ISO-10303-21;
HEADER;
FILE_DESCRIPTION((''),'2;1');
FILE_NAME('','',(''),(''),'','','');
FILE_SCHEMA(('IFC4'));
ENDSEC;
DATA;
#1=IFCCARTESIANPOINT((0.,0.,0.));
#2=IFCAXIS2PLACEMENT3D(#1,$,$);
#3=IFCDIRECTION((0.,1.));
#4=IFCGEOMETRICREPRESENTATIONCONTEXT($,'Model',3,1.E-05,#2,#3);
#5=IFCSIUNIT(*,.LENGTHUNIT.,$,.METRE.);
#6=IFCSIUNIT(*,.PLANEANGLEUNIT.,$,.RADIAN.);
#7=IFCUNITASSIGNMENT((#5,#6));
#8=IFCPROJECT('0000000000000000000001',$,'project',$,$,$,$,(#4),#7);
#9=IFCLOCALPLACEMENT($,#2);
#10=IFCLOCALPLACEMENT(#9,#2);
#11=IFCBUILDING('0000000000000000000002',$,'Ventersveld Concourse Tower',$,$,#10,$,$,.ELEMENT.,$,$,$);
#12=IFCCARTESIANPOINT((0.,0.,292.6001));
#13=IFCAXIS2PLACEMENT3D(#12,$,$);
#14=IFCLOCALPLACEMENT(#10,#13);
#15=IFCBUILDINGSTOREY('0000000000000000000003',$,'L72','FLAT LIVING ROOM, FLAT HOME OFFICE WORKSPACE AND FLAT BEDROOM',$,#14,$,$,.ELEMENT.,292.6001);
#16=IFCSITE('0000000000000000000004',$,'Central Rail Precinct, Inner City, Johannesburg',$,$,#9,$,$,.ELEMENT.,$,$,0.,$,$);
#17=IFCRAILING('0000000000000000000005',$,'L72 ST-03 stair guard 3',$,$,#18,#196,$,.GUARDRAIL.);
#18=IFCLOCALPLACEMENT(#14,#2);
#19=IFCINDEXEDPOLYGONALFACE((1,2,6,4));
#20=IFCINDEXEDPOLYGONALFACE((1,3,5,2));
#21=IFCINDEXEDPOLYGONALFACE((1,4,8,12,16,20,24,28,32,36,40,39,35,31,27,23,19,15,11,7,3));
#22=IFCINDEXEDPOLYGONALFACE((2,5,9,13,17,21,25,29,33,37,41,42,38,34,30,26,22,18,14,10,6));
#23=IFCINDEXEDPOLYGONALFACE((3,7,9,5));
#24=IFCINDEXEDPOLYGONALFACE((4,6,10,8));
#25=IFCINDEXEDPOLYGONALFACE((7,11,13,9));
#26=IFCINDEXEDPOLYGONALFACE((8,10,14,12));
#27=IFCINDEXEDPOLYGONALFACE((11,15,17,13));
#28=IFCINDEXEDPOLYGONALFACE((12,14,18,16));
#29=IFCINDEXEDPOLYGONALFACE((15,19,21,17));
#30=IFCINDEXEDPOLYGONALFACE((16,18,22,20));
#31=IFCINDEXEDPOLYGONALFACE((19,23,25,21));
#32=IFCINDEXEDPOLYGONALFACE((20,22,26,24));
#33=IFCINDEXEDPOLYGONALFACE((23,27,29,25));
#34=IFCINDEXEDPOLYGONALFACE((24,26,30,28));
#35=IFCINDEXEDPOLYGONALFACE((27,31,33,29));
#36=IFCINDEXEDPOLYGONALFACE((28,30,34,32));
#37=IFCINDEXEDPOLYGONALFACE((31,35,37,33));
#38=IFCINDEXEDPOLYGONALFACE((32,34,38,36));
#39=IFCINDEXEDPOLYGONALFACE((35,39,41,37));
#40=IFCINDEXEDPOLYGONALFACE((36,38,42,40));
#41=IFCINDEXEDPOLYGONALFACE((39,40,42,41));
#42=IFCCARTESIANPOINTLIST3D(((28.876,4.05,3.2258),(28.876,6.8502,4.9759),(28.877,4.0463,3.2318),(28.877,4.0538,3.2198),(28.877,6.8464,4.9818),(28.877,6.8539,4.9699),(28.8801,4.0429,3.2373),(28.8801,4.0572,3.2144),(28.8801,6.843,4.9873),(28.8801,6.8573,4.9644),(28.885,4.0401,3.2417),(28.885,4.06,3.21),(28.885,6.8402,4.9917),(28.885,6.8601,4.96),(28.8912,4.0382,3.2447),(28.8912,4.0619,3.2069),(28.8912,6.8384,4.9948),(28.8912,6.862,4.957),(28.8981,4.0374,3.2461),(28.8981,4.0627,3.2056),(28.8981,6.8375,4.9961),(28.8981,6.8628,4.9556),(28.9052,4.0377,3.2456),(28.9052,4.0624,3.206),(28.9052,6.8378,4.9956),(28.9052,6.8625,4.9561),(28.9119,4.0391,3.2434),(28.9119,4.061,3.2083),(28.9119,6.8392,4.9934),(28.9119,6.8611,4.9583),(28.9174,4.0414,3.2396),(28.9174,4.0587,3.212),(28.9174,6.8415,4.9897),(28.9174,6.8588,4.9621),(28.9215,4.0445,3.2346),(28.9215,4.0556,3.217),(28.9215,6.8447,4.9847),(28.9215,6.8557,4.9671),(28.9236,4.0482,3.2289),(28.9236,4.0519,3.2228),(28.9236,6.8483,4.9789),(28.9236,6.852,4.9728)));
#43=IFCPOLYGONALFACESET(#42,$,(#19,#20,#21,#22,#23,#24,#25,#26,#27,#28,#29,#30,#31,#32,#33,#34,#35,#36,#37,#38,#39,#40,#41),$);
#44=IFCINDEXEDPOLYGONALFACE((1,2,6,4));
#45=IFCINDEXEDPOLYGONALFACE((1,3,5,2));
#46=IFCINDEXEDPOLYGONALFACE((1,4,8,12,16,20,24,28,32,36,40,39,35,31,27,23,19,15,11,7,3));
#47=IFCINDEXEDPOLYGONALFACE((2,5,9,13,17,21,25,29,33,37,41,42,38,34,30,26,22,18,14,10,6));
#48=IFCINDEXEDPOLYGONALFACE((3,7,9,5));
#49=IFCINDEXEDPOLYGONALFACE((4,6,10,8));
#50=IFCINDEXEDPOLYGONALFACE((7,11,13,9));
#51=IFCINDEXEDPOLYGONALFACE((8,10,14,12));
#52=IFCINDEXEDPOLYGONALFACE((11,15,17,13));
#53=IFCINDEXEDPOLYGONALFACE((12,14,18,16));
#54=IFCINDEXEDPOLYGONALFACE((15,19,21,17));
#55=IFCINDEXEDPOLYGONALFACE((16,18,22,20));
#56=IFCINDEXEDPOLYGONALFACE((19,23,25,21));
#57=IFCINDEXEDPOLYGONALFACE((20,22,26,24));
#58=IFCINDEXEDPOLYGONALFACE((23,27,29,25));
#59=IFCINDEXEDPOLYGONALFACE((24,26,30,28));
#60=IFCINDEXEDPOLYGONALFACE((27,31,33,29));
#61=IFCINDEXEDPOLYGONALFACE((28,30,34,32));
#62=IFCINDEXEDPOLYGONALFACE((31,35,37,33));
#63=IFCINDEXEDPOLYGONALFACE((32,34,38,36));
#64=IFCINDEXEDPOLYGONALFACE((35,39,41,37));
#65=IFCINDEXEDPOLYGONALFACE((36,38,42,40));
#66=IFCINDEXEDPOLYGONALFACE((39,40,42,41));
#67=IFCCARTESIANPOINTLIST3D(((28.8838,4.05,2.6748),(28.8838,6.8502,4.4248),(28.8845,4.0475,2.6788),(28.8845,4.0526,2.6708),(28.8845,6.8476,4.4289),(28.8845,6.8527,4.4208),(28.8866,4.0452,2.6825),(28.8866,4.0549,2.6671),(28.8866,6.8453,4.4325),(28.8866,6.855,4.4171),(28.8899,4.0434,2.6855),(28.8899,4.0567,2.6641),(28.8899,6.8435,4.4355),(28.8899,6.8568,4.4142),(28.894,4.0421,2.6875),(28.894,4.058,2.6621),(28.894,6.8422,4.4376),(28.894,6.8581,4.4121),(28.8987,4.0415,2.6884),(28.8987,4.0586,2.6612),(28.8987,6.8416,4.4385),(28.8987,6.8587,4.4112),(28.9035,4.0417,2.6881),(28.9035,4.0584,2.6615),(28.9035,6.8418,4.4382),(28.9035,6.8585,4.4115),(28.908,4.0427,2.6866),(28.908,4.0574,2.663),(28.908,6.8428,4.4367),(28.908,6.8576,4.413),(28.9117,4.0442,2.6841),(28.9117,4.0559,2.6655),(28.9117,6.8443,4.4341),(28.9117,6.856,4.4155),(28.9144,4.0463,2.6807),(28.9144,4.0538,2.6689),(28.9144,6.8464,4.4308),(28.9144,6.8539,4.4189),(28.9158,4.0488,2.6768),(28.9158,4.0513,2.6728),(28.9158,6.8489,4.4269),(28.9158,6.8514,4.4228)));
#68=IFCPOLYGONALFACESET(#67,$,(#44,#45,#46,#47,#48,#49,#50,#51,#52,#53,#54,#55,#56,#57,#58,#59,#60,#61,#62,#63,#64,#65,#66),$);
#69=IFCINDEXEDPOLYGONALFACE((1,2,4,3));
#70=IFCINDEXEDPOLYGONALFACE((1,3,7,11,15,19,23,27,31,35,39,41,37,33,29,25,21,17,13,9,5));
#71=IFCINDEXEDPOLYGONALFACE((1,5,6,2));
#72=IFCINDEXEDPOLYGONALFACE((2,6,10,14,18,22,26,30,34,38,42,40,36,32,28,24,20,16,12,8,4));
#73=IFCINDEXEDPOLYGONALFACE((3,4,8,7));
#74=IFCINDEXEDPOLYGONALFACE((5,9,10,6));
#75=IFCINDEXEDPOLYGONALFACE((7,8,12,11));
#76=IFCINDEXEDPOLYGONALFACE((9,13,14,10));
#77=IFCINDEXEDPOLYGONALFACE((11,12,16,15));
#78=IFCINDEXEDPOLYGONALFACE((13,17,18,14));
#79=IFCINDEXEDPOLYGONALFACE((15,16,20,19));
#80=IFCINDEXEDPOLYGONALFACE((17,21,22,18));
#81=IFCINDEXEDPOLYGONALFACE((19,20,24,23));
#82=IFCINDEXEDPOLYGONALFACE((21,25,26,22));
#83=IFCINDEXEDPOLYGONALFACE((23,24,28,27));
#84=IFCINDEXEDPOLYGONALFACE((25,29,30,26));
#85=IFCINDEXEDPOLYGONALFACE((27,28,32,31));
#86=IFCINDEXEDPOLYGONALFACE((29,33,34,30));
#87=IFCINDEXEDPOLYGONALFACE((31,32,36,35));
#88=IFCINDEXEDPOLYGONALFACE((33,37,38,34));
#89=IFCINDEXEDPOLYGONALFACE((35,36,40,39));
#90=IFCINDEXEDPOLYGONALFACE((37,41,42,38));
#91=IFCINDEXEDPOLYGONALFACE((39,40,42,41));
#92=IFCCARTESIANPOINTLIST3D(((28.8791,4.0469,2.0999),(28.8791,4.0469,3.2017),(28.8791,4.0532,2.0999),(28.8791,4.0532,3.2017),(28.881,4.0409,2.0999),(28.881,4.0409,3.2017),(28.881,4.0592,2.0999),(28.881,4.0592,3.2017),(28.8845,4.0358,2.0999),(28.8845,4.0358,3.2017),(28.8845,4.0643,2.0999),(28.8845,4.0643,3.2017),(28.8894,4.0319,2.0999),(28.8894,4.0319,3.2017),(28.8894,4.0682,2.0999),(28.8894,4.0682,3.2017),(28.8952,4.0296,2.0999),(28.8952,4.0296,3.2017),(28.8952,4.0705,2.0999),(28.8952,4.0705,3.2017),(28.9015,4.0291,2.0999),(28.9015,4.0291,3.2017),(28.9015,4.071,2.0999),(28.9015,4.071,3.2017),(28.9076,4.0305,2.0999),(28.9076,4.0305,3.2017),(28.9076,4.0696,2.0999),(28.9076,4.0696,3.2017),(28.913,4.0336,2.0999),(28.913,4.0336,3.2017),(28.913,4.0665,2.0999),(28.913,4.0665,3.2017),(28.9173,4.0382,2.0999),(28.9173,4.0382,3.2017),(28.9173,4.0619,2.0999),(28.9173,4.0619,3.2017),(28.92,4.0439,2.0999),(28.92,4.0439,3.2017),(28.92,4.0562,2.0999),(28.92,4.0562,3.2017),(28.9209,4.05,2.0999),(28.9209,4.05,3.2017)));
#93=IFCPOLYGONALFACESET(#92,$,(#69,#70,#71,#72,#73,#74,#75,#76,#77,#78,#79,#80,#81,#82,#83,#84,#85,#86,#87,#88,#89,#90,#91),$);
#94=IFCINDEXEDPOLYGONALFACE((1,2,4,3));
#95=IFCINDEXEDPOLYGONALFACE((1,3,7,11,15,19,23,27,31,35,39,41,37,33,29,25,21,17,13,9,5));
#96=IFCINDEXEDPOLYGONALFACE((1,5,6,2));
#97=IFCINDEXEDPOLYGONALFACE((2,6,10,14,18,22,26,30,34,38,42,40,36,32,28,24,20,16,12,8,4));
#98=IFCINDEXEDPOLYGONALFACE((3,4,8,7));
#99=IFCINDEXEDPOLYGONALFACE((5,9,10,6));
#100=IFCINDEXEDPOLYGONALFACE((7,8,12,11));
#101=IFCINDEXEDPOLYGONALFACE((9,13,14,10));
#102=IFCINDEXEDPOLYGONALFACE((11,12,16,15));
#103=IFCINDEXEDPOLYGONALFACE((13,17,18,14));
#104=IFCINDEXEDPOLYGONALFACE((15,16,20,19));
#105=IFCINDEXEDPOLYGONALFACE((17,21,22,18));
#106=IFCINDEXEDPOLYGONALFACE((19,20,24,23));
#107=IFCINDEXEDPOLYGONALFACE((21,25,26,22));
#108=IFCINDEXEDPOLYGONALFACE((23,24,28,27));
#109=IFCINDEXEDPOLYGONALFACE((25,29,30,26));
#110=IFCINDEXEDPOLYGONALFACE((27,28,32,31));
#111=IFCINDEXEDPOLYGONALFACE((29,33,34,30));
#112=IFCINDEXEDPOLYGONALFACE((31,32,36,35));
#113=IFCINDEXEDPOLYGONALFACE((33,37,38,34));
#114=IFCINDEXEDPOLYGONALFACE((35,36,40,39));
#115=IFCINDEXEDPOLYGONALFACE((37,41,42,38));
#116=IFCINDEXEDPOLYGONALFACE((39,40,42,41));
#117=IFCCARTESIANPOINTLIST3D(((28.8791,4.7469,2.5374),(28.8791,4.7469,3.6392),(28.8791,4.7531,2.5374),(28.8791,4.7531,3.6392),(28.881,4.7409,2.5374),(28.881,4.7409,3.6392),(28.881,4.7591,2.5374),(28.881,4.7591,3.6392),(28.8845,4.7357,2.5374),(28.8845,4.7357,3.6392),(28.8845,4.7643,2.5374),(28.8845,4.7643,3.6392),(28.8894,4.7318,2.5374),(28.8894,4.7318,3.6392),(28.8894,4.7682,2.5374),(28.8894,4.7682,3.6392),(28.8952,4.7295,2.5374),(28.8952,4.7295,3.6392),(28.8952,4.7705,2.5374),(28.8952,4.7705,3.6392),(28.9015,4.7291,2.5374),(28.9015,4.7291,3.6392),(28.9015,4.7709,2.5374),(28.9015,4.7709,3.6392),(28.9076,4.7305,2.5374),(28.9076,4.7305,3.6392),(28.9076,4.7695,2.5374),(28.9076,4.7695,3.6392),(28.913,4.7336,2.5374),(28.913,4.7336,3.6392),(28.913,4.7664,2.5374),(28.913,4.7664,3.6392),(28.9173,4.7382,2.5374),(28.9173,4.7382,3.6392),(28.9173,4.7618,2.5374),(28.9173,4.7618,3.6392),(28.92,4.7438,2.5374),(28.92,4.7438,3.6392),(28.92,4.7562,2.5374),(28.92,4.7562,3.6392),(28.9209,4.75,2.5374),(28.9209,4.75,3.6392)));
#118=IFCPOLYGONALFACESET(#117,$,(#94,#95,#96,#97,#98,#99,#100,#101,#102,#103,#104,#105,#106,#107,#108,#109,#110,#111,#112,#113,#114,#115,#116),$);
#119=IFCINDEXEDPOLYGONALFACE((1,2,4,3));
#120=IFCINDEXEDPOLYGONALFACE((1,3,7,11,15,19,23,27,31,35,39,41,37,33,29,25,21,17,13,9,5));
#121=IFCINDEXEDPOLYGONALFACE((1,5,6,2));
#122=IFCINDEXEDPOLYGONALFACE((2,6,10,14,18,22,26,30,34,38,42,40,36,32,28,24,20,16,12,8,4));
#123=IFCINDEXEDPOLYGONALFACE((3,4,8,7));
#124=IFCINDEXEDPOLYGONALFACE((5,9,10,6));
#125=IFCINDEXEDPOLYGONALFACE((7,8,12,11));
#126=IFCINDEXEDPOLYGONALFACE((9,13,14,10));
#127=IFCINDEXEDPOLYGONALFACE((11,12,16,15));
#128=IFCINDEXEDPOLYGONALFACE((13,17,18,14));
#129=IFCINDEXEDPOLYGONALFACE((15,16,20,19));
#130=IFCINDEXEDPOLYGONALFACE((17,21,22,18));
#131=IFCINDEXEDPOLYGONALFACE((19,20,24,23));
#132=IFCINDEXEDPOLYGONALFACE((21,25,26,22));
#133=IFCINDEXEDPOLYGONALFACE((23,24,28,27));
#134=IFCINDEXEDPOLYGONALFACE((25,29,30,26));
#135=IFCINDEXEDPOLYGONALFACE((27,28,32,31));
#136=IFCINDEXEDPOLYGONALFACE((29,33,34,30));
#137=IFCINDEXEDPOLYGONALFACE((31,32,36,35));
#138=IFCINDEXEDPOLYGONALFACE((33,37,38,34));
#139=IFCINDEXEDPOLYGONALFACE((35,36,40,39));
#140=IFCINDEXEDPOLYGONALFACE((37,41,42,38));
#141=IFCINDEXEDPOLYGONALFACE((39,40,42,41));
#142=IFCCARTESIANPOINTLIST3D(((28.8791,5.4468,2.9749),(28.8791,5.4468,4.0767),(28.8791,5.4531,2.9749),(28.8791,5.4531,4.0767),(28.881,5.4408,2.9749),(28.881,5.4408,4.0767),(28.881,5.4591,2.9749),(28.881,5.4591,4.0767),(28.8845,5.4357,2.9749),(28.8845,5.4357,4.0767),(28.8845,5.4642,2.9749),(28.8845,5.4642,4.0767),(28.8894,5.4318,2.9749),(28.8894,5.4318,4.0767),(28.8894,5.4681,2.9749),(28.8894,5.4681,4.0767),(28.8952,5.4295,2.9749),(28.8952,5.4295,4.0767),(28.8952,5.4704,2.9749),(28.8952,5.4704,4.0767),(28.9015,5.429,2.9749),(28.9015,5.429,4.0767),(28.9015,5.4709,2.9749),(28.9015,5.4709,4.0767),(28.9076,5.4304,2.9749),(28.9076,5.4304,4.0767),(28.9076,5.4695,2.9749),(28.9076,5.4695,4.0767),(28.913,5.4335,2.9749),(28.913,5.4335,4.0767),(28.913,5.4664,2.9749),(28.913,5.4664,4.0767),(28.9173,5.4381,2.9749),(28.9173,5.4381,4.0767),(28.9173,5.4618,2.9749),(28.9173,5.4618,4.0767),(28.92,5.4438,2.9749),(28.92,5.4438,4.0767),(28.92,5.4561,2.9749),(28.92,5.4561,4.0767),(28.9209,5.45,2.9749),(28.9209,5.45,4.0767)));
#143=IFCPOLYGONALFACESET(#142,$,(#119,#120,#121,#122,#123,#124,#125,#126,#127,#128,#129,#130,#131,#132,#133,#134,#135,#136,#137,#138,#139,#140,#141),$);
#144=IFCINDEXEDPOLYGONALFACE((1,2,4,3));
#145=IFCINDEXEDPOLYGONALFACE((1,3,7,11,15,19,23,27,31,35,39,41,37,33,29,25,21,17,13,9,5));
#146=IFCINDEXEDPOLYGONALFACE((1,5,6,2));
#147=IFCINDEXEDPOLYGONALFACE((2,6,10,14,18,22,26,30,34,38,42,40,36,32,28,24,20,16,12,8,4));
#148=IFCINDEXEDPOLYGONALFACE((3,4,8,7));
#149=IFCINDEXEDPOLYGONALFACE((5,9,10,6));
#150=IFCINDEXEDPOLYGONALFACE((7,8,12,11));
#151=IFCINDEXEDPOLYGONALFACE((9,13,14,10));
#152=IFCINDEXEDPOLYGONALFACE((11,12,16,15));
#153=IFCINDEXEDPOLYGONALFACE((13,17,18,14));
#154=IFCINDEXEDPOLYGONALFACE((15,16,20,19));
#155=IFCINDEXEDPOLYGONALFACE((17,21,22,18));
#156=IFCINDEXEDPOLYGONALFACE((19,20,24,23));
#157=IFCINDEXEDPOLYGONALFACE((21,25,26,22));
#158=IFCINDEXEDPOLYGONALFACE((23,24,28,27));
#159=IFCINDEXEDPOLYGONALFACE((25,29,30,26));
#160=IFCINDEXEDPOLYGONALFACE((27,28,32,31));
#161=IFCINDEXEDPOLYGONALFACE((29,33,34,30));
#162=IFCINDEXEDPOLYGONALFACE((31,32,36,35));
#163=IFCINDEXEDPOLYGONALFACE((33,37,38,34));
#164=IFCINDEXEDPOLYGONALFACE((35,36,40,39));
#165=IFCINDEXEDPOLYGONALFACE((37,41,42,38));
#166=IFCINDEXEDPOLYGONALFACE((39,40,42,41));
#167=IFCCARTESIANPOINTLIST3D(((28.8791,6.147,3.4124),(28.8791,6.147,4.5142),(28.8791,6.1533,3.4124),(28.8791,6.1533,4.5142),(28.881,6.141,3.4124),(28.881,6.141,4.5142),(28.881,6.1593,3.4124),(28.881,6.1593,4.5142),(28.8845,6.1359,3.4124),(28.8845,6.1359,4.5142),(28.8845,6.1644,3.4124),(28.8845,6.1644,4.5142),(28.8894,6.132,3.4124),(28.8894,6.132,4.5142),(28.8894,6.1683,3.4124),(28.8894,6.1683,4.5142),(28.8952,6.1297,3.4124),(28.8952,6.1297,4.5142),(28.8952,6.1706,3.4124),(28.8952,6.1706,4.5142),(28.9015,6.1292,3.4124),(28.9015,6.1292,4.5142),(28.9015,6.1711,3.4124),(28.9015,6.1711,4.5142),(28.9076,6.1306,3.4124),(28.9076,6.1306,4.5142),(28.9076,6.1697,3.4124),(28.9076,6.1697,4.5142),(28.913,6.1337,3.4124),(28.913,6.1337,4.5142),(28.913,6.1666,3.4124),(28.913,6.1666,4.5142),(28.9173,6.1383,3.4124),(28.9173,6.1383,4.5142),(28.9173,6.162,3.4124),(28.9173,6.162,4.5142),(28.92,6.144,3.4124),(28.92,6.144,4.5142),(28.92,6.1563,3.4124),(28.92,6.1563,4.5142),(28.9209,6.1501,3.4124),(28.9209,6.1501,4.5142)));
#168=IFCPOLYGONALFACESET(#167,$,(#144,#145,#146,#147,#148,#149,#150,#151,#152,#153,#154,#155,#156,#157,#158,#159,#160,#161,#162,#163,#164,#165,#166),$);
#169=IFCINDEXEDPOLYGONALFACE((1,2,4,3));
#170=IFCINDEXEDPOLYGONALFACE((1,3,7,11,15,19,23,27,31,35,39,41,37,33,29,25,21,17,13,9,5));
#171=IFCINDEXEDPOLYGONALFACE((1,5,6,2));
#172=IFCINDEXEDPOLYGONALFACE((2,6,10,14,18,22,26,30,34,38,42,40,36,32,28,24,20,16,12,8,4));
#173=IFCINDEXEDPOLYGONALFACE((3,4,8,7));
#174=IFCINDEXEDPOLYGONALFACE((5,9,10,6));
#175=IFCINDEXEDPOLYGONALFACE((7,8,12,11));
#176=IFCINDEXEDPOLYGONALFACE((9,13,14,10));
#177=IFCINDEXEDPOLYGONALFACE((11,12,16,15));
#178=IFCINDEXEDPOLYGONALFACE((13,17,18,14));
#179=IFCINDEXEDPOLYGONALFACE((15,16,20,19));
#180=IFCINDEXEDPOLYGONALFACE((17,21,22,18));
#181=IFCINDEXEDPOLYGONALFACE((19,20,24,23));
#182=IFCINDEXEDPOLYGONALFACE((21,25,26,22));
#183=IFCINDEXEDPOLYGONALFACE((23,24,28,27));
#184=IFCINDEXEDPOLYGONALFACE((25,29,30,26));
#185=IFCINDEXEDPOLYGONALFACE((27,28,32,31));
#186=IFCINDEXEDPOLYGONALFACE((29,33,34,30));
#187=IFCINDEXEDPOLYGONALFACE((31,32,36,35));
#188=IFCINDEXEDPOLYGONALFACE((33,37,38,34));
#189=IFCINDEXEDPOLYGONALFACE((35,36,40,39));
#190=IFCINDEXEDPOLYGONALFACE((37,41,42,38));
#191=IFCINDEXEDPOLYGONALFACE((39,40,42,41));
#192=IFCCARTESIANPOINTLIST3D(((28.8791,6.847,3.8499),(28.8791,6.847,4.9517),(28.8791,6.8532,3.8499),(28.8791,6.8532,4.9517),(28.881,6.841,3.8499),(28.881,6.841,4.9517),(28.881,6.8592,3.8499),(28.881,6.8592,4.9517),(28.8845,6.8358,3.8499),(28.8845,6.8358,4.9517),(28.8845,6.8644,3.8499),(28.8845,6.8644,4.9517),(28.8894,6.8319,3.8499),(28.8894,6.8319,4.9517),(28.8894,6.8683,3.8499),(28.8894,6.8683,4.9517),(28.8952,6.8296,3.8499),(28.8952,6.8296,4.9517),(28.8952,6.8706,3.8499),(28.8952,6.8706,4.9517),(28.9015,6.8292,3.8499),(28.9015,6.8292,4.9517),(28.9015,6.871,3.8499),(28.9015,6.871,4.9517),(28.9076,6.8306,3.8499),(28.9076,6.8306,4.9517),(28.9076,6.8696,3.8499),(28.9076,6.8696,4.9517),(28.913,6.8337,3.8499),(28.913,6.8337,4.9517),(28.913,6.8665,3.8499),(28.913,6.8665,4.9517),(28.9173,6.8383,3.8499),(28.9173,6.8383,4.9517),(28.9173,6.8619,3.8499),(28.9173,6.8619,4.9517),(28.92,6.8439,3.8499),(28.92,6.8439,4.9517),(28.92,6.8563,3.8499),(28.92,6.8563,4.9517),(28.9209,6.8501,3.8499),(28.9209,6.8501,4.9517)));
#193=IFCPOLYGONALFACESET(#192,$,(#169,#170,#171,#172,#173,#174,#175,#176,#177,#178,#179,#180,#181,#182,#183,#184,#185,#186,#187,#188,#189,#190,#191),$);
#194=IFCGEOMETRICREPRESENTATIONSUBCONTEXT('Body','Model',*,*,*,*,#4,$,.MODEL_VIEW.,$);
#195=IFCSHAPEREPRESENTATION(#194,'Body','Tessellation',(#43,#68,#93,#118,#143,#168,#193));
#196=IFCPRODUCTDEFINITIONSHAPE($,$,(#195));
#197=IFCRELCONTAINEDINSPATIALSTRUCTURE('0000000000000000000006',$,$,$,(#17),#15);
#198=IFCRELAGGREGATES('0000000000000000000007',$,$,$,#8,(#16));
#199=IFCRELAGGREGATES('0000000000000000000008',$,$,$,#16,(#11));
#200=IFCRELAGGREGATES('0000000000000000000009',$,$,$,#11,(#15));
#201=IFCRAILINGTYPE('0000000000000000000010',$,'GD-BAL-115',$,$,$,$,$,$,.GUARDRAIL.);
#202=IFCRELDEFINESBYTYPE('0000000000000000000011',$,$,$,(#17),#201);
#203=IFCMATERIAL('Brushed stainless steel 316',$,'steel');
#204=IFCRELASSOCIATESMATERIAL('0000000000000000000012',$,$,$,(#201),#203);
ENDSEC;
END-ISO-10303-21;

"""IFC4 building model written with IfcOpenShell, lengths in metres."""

from ifc_helpers import new_model, si_unit, direction, frame, origin, origin_2d, place, context, subcontext, project, spatial, circle, extrude, material, type_object, element, save


model = new_model("IFC4")

# Units and contexts
model_context = context("Model", 3, precision=1e-05, world=origin(), true_north=direction((0.0, 1.0)))
body_context = subcontext(model_context, "Body", "Model", "MODEL_VIEW")
ifc_project = project(units=[si_unit("LENGTHUNIT", "METRE"), si_unit("PLANEANGLEUNIT", "RADIAN")], contexts=[model_context])

# Site, building, storey
site_placement = place(None, origin())
site = spatial("IfcSite", under=ifc_project, at=site_placement, Name="Central Rail Precinct, Inner City, Johannesburg", CompositionType="ELEMENT", RefElevation=0.0)
building_placement = place(site_placement, origin())
building = spatial("IfcBuilding", under=site, at=building_placement, Name="Ventersveld Concourse Tower", CompositionType="ELEMENT")
storey_placement = place(building_placement, frame((0.0, 0.0, 292.6001)))
storey = spatial("IfcBuildingStorey", under=building, at=storey_placement, Name="L72", Description="FLAT LIVING ROOM, FLAT HOME OFFICE WORKSPACE AND FLAT BEDROOM", CompositionType="ELEMENT", Elevation=292.6001)

# Shared definitions
ifc_material_1 = material(Name="Brushed stainless steel 316", Category="steel")

# Railing
railing_type_1 = type_object("IfcRailingType", Name="GD-BAL-115", PredefinedType="GUARDRAIL", material=ifc_material_1)
railing_1_placement = place(storey_placement, frame((28.8999, 4.05, 2.0999)))
element("IfcRailing", 1, at=railing_1_placement, inside=storey, type_object=railing_type_1, Name="L72 ST-03 stair guard 3", PredefinedType="GUARDRAIL", context=body_context, shape_type="SweptSolid", body=[
    extrude(circle(Radius=0.0239, at=origin_2d()), frame((0.0, 0.0, 1.126), z_axis=(0.0, 0.848002, 0.529992), x_axis=(-1.0, 0.0, 0.0)), (0.0, 0.0, 1.0), 3.302),
    extrude(circle(Radius=0.0161, at=origin_2d()), frame((0.0, 0.0, 0.575), z_axis=(0.0, 0.848002, 0.529992), x_axis=(-1.0, 0.0, 0.0)), (0.0, 0.0, 1.0), 3.302),
    extrude(circle(Radius=0.021, at=origin_2d()), origin(), (0.0, 0.0, 1.0), 1.1018),
    extrude(circle(Radius=0.021, at=origin_2d()), frame((0.0, 0.7, 0.4375)), (0.0, 0.0, 1.0), 1.1018),
    extrude(circle(Radius=0.021, at=origin_2d()), frame((0.0, 1.3999, 0.875)), (0.0, 0.0, 1.0), 1.1018),
    extrude(circle(Radius=0.021, at=origin_2d()), frame((0.0, 2.1001, 1.3125)), (0.0, 0.0, 1.0), 1.1018),
    extrude(circle(Radius=0.021, at=origin_2d()), frame((0.0, 2.8, 1.75)), (0.0, 0.0, 1.0), 1.1018),
])

save(model, "model.ifc")
